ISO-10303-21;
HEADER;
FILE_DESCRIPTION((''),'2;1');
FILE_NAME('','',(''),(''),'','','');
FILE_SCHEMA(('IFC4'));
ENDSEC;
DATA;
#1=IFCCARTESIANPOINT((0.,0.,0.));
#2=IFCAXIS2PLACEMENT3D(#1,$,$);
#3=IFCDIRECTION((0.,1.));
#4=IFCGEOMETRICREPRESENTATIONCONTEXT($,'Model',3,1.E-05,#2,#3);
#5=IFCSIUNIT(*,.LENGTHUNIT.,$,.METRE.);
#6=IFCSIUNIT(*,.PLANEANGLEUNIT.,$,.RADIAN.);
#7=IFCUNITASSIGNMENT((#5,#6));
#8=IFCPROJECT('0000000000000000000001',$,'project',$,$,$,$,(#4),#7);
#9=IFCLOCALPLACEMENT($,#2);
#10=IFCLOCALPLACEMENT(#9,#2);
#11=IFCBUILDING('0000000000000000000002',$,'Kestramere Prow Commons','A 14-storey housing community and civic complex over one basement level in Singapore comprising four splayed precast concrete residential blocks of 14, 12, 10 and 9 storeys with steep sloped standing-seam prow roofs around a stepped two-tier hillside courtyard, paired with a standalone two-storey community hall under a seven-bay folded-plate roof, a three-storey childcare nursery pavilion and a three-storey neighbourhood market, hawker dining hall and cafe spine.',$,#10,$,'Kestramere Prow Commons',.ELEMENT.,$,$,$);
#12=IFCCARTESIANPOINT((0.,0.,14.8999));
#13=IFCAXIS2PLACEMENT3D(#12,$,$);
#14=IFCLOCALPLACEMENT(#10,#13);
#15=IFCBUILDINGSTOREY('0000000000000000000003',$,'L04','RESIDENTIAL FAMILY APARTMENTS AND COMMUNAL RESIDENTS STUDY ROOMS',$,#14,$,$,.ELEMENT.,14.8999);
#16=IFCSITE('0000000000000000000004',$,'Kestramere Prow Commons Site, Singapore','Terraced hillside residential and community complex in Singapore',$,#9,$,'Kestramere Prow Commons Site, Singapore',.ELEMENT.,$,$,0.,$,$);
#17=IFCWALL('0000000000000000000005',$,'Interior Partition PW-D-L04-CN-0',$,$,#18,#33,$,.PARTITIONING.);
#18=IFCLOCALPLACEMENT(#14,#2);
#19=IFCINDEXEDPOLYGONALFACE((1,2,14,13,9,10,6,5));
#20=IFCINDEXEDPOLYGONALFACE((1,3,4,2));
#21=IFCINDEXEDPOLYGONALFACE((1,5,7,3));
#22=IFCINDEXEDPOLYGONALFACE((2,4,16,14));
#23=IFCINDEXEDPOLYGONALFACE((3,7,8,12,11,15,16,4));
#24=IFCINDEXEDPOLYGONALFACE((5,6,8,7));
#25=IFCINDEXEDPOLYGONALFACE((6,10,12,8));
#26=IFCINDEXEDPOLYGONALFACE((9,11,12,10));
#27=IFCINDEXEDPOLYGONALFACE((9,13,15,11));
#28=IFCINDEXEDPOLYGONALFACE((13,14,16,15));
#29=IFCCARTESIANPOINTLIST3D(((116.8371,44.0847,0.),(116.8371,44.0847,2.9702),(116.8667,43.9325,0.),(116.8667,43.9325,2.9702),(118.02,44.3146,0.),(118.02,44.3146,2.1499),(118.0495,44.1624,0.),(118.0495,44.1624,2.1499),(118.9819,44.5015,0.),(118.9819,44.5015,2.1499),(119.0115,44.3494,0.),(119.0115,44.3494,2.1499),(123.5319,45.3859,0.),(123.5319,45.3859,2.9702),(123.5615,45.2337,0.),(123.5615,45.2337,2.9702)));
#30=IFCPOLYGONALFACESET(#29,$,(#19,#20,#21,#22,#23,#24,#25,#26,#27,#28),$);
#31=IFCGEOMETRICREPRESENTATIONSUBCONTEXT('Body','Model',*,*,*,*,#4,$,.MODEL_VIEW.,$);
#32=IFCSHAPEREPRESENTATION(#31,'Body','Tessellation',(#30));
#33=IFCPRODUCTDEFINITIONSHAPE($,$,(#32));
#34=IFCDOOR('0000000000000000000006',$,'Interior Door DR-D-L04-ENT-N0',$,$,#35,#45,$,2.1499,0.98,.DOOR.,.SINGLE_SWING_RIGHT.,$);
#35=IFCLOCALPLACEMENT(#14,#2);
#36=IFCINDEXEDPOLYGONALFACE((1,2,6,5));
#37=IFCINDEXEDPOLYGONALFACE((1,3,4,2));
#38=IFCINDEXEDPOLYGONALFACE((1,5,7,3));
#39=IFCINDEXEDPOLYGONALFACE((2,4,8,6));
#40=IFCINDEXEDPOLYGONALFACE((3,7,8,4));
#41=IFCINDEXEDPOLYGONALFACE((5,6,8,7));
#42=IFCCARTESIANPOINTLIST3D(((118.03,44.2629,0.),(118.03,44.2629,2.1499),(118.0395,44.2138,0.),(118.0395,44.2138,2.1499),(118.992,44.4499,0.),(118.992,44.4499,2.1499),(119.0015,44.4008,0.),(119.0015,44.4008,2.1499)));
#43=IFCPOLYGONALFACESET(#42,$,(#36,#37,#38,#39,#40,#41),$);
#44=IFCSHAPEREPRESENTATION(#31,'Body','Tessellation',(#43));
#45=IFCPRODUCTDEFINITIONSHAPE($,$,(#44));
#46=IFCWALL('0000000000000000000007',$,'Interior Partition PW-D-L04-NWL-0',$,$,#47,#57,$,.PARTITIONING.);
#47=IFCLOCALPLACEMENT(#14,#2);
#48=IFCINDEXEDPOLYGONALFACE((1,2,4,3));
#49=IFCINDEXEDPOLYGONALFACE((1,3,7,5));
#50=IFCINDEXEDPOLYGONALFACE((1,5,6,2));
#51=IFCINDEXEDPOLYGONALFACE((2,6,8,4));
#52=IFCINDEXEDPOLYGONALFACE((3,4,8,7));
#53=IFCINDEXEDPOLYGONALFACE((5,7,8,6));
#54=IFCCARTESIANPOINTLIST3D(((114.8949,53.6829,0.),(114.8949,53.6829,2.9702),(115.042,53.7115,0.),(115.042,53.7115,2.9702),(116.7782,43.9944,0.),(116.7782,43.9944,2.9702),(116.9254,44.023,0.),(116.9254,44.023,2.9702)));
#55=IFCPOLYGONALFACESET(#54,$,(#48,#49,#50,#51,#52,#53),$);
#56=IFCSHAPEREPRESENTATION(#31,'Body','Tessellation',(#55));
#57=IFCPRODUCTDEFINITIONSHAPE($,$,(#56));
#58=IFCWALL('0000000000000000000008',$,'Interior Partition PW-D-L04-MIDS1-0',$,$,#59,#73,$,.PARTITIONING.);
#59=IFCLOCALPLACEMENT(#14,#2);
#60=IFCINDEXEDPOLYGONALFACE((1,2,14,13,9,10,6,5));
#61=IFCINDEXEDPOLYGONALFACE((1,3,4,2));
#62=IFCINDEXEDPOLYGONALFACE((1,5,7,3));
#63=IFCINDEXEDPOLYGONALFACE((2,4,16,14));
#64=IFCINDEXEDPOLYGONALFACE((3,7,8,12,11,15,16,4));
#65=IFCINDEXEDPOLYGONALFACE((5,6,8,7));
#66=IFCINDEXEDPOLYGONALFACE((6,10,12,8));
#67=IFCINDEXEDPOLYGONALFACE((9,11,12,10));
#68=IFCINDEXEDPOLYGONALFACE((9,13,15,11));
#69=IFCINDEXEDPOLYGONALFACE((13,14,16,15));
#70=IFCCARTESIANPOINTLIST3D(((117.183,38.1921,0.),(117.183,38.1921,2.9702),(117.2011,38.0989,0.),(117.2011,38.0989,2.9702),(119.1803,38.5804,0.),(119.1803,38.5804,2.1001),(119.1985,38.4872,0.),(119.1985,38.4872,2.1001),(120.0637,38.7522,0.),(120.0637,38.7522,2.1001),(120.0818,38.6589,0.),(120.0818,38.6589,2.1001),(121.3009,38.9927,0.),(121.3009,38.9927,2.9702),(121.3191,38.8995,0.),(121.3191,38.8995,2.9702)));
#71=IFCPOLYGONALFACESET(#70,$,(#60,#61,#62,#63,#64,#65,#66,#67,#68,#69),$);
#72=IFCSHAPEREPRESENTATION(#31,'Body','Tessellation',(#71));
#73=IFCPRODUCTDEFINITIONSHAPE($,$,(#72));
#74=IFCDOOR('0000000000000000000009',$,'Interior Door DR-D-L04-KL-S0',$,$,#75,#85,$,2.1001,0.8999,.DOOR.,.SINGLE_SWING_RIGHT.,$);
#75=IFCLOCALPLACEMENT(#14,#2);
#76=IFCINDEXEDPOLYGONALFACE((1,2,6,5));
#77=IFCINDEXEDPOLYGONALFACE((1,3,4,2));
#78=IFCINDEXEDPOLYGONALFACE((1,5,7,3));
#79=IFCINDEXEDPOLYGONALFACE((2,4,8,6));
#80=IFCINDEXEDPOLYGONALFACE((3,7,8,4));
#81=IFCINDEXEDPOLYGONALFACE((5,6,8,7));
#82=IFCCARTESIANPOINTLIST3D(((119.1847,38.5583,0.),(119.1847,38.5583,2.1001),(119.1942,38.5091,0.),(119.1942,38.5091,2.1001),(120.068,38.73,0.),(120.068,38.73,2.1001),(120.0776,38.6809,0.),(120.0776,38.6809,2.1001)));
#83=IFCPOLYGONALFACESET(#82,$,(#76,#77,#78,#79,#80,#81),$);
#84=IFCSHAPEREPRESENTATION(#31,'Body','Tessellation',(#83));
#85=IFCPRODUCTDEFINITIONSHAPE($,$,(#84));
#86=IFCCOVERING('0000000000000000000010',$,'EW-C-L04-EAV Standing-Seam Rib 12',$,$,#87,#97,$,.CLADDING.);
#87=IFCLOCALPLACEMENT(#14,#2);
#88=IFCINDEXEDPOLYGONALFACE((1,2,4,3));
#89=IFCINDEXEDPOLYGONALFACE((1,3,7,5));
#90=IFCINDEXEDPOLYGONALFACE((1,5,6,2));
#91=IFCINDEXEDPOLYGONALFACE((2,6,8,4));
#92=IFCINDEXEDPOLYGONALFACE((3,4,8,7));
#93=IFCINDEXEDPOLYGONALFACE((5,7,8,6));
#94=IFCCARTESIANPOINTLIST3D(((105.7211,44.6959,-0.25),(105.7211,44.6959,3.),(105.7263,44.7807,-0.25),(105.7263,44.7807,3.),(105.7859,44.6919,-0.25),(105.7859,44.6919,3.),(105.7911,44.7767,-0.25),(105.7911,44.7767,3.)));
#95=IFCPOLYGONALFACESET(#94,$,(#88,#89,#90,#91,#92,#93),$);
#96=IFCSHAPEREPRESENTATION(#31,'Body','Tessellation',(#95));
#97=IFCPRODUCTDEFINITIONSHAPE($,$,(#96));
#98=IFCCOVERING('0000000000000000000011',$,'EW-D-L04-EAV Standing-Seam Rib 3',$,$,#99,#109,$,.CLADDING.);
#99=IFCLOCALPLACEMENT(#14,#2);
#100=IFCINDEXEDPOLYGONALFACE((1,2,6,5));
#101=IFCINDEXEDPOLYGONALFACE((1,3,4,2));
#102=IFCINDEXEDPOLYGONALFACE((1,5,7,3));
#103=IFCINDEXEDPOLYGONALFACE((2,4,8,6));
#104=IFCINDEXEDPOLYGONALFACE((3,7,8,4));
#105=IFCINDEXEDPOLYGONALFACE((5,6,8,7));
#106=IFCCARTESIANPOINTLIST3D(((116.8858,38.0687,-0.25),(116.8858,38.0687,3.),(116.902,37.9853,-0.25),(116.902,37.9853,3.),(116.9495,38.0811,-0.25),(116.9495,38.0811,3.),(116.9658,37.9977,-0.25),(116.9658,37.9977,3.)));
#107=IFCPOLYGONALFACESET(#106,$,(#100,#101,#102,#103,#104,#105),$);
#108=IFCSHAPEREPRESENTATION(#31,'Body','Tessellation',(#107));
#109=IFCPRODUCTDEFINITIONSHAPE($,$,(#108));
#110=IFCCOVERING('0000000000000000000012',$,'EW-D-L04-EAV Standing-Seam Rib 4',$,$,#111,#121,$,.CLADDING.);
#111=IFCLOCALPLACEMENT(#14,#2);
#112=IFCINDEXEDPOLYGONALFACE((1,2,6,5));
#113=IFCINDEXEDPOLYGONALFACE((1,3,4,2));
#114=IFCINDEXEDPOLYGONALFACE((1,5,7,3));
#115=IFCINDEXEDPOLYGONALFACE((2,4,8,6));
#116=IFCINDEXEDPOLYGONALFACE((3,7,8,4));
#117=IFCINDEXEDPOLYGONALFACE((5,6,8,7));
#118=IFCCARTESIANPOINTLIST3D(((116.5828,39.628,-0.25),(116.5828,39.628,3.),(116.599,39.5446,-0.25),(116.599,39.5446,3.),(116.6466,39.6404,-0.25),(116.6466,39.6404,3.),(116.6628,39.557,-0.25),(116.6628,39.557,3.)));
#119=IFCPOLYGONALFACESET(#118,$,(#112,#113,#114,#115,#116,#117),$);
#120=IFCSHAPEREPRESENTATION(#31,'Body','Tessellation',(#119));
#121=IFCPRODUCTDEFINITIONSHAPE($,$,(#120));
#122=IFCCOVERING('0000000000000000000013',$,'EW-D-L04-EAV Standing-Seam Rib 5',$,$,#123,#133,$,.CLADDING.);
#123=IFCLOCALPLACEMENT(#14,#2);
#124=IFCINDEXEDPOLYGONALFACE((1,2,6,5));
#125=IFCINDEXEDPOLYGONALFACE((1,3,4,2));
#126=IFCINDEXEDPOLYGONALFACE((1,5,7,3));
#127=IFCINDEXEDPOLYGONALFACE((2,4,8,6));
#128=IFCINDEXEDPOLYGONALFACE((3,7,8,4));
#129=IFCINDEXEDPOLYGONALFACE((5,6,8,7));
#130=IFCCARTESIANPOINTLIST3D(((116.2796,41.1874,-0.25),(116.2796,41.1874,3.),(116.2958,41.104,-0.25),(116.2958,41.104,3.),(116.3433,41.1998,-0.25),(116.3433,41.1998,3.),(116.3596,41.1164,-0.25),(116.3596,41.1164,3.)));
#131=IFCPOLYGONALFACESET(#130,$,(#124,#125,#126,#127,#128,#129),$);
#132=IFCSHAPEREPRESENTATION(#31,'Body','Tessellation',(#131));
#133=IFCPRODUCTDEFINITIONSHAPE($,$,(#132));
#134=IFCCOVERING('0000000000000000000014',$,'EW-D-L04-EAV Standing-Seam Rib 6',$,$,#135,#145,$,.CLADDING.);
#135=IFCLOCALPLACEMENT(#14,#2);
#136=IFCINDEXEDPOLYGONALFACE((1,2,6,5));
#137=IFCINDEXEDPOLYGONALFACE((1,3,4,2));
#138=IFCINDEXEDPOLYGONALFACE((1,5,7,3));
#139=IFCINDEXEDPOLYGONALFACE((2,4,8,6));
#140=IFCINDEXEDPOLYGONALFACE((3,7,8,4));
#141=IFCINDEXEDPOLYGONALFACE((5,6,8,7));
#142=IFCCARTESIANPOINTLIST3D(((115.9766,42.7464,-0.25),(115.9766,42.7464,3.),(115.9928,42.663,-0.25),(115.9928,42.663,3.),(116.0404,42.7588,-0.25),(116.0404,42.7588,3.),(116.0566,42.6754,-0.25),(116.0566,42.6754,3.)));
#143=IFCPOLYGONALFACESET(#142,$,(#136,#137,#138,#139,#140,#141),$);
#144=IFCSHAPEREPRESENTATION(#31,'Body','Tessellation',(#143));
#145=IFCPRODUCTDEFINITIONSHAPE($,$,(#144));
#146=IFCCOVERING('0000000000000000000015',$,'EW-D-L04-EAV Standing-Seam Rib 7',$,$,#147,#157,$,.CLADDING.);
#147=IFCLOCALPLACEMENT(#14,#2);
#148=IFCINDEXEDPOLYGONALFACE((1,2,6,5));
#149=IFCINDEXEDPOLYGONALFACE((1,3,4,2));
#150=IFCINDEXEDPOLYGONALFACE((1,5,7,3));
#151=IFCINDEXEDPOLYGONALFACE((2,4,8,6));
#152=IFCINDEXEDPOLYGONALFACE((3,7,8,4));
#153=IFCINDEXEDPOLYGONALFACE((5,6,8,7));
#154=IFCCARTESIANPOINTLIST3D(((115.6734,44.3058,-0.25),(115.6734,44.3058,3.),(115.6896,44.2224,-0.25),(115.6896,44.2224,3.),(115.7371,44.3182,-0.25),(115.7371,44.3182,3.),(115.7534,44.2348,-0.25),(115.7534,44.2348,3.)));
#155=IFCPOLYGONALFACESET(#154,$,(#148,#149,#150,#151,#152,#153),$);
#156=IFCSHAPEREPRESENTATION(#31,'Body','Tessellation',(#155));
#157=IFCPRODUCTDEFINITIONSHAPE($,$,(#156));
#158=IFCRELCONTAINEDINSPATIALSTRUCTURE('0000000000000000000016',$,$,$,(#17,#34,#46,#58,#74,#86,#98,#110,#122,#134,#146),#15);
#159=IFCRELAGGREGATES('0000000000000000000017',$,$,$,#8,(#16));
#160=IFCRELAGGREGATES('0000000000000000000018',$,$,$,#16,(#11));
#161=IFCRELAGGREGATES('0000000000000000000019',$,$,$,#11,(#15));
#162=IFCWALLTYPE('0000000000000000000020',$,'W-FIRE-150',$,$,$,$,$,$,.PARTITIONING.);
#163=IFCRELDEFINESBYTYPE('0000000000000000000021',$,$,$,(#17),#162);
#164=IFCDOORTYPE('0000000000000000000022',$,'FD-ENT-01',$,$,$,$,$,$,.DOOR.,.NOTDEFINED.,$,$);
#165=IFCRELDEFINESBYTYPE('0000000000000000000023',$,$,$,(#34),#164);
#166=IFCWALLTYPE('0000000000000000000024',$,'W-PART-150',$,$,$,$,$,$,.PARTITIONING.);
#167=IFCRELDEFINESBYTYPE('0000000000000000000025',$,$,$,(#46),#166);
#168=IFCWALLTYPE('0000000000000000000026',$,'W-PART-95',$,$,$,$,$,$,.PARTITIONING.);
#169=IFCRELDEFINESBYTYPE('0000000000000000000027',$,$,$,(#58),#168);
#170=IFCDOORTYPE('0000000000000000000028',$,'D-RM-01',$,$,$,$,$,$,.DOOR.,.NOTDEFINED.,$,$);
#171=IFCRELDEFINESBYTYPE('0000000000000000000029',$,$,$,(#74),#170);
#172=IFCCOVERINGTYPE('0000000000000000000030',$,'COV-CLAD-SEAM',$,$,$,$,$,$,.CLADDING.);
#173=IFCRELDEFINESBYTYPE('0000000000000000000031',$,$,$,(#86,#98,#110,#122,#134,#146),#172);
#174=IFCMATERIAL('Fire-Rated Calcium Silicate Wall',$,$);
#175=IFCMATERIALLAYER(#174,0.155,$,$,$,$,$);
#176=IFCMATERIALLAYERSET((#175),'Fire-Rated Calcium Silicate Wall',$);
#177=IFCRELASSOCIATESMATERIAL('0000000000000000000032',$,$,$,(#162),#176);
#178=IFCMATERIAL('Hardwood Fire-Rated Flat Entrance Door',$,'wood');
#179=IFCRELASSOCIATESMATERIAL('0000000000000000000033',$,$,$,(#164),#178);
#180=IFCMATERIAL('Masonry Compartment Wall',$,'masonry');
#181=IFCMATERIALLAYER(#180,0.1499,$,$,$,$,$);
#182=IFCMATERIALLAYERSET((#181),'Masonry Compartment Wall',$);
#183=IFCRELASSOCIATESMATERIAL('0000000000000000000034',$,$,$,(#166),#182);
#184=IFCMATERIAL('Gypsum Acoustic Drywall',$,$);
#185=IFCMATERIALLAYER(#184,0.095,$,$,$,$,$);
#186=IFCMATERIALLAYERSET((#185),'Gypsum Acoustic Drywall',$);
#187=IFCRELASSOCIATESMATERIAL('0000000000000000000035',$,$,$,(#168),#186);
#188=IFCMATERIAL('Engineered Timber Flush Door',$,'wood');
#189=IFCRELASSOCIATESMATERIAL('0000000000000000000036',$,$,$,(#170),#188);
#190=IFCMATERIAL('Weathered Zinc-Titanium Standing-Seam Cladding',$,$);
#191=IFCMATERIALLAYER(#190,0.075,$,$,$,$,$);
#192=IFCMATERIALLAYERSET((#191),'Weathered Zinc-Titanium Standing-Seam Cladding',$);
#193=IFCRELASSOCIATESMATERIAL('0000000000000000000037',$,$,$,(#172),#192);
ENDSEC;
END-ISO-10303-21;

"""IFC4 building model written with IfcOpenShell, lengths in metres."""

from ifc_helpers import new_model, si_unit, direction, frame, frame_2d, origin, origin_2d, place, context, subcontext, project, spatial, rectangle, extrude, material, layer, layer_set, type_object, element, fill, save


model = new_model("IFC4")

# Units and contexts
model_context = context("Model", 3, precision=1e-05, world=origin(), true_north=direction((0.0, 1.0)))
body_context = subcontext(model_context, "Body", "Model", "MODEL_VIEW")
ifc_project = project(units=[si_unit("LENGTHUNIT", "METRE"), si_unit("PLANEANGLEUNIT", "RADIAN")], contexts=[model_context])

# Site, building, storey
site_placement = place(None, origin())
site = spatial("IfcSite", under=ifc_project, at=site_placement, Name="Kestramere Prow Commons Site, Singapore", Description="Terraced hillside residential and community complex in Singapore", LongName="Kestramere Prow Commons Site, Singapore", CompositionType="ELEMENT", RefElevation=0.0)
building_placement = place(site_placement, origin())
building = spatial("IfcBuilding", under=site, at=building_placement, Name="Kestramere Prow Commons", Description="A 14-storey housing community and civic complex over one basement level in Singapore comprising four splayed precast concrete residential blocks of 14, 12, 10 and 9 storeys with steep sloped standing-seam prow roofs around a stepped two-tier hillside courtyard, paired with a standalone two-storey community hall under a seven-bay folded-plate roof, a three-storey childcare nursery pavilion and a three-storey neighbourhood market, hawker dining hall and cafe spine.", LongName="Kestramere Prow Commons", CompositionType="ELEMENT")
storey_placement = place(building_placement, frame((0.0, 0.0, 14.8999)))
storey = spatial("IfcBuildingStorey", under=building, at=storey_placement, Name="L04", Description="RESIDENTIAL FAMILY APARTMENTS AND COMMUNAL RESIDENTS STUDY ROOMS", CompositionType="ELEMENT", Elevation=14.8999)

# Wall, opening, door
ifc_material_1 = material(Name="Fire-Rated Calcium Silicate Wall")
ifc_layer_1 = layer(ifc_material_1, 0.155)
ifc_layer_set_1 = layer_set([ifc_layer_1], Name="Fire-Rated Calcium Silicate Wall")
wall_type_1 = type_object("IfcWallType", Name="W-FIRE-150", PredefinedType="PARTITIONING", material=ifc_layer_set_1)
ifc_material_2 = material(Name="Hardwood Fire-Rated Flat Entrance Door", Category="wood")
wall_1_placement = place(storey_placement, frame((116.8518, 44.0085, 0.0), z_axis=(0.0, 0.0, 1.0), x_axis=(0.981629, 0.190799, 0.0)))
wall_1 = element("IfcWall", 1, at=wall_1_placement, inside=storey, type_object=wall_type_1, Name="Interior Partition PW-D-L04-CN-0", PredefinedType="PARTITIONING", context=body_context, shape_type="SweptSolid", body=[
    extrude(rectangle(XDim=6.8201, YDim=0.155, at=frame_2d((3.4102, 0.0))), origin(), (0.0, 0.0, 1.0), 2.9702),
])
opening_1_placement = place(wall_1_placement, frame((1.2051, 0.0, 0.0)))
opening_1 = element("IfcOpeningElement", 2, at=opening_1_placement, cuts=wall_1, PredefinedType="OPENING", context=body_context, shape_type="SweptSolid", body=[
    extrude(rectangle(XDim=0.98, YDim=2.1499, at=frame_2d((0.49, 1.075))), frame((0.0, 0.0925, 0.0), z_axis=(0.0, -1.0, 0.0), x_axis=(1.0, 0.0, 0.0)), (0.0, 0.0, 1.0), 0.1851),
])
door_type_1 = type_object("IfcDoorType", Name="FD-ENT-01", OperationType="NOTDEFINED", PredefinedType="DOOR", material=ifc_material_2)
door_1_placement = place(opening_1_placement, origin())
door_1 = element("IfcDoor", 3, at=door_1_placement, inside=storey, type_object=door_type_1, Name="Interior Door DR-D-L04-ENT-N0", OperationType="SINGLE_SWING_RIGHT", OverallHeight=2.1499, OverallWidth=0.98, PredefinedType="DOOR", context=body_context, shape_type="SweptSolid", body=[
    extrude(rectangle(XDim=0.98, YDim=2.1499, at=frame_2d((0.49, 1.075))), frame((0.0, 0.0249, 0.0), z_axis=(0.0, -1.0, 0.0), x_axis=(1.0, 0.0, 0.0)), (0.0, 0.0, 1.0), 0.05),
])
fill(opening_1, door_1)

# Wall
ifc_material_3 = material(Name="Masonry Compartment Wall", Category="masonry")
ifc_layer_2 = layer(ifc_material_3, 0.1499)
ifc_layer_set_2 = layer_set([ifc_layer_2], Name="Masonry Compartment Wall")
wall_type_2 = type_object("IfcWallType", Name="W-PART-150", PredefinedType="PARTITIONING", material=ifc_layer_set_2)
wall_2_placement = place(storey_placement, frame((116.8518, 44.0085, 0.0), z_axis=(0.0, 0.0, 1.0), x_axis=(-0.190814, 0.981626, 0.0)))
element("IfcWall", 4, at=wall_2_placement, inside=storey, type_object=wall_type_2, Name="Interior Partition PW-D-L04-NWL-0", PredefinedType="PARTITIONING", context=body_context, shape_type="SweptSolid", body=[
    extrude(rectangle(XDim=9.8699, YDim=0.1499, at=frame_2d((4.9351, 0.0))), origin(), (0.0, 0.0, 1.0), 2.9702),
])

# Wall, opening, door
ifc_material_4 = material(Name="Gypsum Acoustic Drywall")
ifc_layer_3 = layer(ifc_material_4, 0.095)
ifc_layer_set_3 = layer_set([ifc_layer_3], Name="Gypsum Acoustic Drywall")
wall_type_3 = type_object("IfcWallType", Name="W-PART-95", PredefinedType="PARTITIONING", material=ifc_layer_set_3)
wall_3_placement = place(storey_placement, frame((117.1919, 38.1455, 0.0), z_axis=(0.0, 0.0, 1.0), x_axis=(0.981623, 0.190831, 0.0)))
wall_3 = element("IfcWall", 5, at=wall_3_placement, inside=storey, type_object=wall_type_3, Name="Interior Partition PW-D-L04-MIDS1-0", PredefinedType="PARTITIONING", context=body_context, shape_type="SweptSolid", body=[
    extrude(rectangle(XDim=4.1951, YDim=0.095, at=frame_2d((2.0977, 0.0))), origin(), (0.0, 0.0, 1.0), 2.9702),
])
opening_2_placement = place(wall_3_placement, frame((2.0349, 0.0, 0.0)))
opening_2 = element("IfcOpeningElement", 6, at=opening_2_placement, cuts=wall_3, PredefinedType="OPENING", context=body_context, shape_type="SweptSolid", body=[
    extrude(rectangle(XDim=0.8999, YDim=2.1001, at=frame_2d((0.45, 1.05))), frame((0.0, 0.0625, 0.0), z_axis=(0.0, -1.0, 0.0), x_axis=(1.0, 0.0, 0.0)), (0.0, 0.0, 1.0), 0.125),
])
ifc_material_5 = material(Name="Engineered Timber Flush Door", Category="wood")
door_type_2 = type_object("IfcDoorType", Name="D-RM-01", OperationType="NOTDEFINED", PredefinedType="DOOR", material=ifc_material_5)
door_2_placement = place(opening_2_placement, origin())
door_2 = element("IfcDoor", 7, at=door_2_placement, inside=storey, type_object=door_type_2, Name="Interior Door DR-D-L04-KL-S0", OperationType="SINGLE_SWING_RIGHT", OverallHeight=2.1001, OverallWidth=0.8999, PredefinedType="DOOR", context=body_context, shape_type="SweptSolid", body=[
    extrude(rectangle(XDim=0.8999, YDim=2.1001, at=frame_2d((0.45, 1.05))), frame((0.0, 0.0249, 0.0), z_axis=(0.0, -1.0, 0.0), x_axis=(1.0, 0.0, 0.0)), (0.0, 0.0, 1.0), 0.05),
])
fill(opening_2, door_2)

# Coverings
ifc_material_6 = material(Name="Weathered Zinc-Titanium Standing-Seam Cladding")
ifc_layer_4 = layer(ifc_material_6, 0.075)
ifc_layer_set_4 = layer_set([ifc_layer_4], Name="Weathered Zinc-Titanium Standing-Seam Cladding")
covering_type = type_object("IfcCoveringType", Name="COV-CLAD-SEAM", PredefinedType="CLADDING", material=ifc_layer_set_4)
for number, where, z_axis, x_axis, name in (
    (8, (105.7561, 44.7363, -0.25), (0.0, 0.0, 1.0), (-0.061049, -0.998135, 0.0), "EW-C-L04-EAV Standing-Seam Rib 12"),
    (9, (116.9258, 38.0332, -0.25), (0.0, 0.0, 1.0), (-0.190809, 0.981627, 0.0), "EW-D-L04-EAV Standing-Seam Rib 3"),
    (10, (116.6228, 39.5925, -0.25), (0.0, 0.0, 1.0), (-0.190809, 0.981627, 0.0), "EW-D-L04-EAV Standing-Seam Rib 4"),
    (11, (116.3196, 41.1519, -0.25), (0.0, 0.0, 1.0), (-0.190809, 0.981627, 0.0), "EW-D-L04-EAV Standing-Seam Rib 5"),
    (12, (116.0166, 42.7109, -0.25), (0.0, 0.0, 1.0), (-0.190809, 0.981627, 0.0), "EW-D-L04-EAV Standing-Seam Rib 6"),
    (13, (115.7134, 44.2703, -0.25), (0.0, 0.0, 1.0), (-0.190809, 0.981627, 0.0), "EW-D-L04-EAV Standing-Seam Rib 7"),
):
    element("IfcCovering", number, at=place(storey_placement, frame(where, z_axis=z_axis, x_axis=x_axis)), inside=storey, type_object=covering_type, Name=name, PredefinedType="CLADDING", context=body_context, shape_type="SweptSolid", body=[
        extrude(rectangle(XDim=0.085, YDim=0.0649, at=origin_2d()), origin(), (0.0, 0.0, 1.0), 3.25),
    ])

save(model, "model.ifc")
